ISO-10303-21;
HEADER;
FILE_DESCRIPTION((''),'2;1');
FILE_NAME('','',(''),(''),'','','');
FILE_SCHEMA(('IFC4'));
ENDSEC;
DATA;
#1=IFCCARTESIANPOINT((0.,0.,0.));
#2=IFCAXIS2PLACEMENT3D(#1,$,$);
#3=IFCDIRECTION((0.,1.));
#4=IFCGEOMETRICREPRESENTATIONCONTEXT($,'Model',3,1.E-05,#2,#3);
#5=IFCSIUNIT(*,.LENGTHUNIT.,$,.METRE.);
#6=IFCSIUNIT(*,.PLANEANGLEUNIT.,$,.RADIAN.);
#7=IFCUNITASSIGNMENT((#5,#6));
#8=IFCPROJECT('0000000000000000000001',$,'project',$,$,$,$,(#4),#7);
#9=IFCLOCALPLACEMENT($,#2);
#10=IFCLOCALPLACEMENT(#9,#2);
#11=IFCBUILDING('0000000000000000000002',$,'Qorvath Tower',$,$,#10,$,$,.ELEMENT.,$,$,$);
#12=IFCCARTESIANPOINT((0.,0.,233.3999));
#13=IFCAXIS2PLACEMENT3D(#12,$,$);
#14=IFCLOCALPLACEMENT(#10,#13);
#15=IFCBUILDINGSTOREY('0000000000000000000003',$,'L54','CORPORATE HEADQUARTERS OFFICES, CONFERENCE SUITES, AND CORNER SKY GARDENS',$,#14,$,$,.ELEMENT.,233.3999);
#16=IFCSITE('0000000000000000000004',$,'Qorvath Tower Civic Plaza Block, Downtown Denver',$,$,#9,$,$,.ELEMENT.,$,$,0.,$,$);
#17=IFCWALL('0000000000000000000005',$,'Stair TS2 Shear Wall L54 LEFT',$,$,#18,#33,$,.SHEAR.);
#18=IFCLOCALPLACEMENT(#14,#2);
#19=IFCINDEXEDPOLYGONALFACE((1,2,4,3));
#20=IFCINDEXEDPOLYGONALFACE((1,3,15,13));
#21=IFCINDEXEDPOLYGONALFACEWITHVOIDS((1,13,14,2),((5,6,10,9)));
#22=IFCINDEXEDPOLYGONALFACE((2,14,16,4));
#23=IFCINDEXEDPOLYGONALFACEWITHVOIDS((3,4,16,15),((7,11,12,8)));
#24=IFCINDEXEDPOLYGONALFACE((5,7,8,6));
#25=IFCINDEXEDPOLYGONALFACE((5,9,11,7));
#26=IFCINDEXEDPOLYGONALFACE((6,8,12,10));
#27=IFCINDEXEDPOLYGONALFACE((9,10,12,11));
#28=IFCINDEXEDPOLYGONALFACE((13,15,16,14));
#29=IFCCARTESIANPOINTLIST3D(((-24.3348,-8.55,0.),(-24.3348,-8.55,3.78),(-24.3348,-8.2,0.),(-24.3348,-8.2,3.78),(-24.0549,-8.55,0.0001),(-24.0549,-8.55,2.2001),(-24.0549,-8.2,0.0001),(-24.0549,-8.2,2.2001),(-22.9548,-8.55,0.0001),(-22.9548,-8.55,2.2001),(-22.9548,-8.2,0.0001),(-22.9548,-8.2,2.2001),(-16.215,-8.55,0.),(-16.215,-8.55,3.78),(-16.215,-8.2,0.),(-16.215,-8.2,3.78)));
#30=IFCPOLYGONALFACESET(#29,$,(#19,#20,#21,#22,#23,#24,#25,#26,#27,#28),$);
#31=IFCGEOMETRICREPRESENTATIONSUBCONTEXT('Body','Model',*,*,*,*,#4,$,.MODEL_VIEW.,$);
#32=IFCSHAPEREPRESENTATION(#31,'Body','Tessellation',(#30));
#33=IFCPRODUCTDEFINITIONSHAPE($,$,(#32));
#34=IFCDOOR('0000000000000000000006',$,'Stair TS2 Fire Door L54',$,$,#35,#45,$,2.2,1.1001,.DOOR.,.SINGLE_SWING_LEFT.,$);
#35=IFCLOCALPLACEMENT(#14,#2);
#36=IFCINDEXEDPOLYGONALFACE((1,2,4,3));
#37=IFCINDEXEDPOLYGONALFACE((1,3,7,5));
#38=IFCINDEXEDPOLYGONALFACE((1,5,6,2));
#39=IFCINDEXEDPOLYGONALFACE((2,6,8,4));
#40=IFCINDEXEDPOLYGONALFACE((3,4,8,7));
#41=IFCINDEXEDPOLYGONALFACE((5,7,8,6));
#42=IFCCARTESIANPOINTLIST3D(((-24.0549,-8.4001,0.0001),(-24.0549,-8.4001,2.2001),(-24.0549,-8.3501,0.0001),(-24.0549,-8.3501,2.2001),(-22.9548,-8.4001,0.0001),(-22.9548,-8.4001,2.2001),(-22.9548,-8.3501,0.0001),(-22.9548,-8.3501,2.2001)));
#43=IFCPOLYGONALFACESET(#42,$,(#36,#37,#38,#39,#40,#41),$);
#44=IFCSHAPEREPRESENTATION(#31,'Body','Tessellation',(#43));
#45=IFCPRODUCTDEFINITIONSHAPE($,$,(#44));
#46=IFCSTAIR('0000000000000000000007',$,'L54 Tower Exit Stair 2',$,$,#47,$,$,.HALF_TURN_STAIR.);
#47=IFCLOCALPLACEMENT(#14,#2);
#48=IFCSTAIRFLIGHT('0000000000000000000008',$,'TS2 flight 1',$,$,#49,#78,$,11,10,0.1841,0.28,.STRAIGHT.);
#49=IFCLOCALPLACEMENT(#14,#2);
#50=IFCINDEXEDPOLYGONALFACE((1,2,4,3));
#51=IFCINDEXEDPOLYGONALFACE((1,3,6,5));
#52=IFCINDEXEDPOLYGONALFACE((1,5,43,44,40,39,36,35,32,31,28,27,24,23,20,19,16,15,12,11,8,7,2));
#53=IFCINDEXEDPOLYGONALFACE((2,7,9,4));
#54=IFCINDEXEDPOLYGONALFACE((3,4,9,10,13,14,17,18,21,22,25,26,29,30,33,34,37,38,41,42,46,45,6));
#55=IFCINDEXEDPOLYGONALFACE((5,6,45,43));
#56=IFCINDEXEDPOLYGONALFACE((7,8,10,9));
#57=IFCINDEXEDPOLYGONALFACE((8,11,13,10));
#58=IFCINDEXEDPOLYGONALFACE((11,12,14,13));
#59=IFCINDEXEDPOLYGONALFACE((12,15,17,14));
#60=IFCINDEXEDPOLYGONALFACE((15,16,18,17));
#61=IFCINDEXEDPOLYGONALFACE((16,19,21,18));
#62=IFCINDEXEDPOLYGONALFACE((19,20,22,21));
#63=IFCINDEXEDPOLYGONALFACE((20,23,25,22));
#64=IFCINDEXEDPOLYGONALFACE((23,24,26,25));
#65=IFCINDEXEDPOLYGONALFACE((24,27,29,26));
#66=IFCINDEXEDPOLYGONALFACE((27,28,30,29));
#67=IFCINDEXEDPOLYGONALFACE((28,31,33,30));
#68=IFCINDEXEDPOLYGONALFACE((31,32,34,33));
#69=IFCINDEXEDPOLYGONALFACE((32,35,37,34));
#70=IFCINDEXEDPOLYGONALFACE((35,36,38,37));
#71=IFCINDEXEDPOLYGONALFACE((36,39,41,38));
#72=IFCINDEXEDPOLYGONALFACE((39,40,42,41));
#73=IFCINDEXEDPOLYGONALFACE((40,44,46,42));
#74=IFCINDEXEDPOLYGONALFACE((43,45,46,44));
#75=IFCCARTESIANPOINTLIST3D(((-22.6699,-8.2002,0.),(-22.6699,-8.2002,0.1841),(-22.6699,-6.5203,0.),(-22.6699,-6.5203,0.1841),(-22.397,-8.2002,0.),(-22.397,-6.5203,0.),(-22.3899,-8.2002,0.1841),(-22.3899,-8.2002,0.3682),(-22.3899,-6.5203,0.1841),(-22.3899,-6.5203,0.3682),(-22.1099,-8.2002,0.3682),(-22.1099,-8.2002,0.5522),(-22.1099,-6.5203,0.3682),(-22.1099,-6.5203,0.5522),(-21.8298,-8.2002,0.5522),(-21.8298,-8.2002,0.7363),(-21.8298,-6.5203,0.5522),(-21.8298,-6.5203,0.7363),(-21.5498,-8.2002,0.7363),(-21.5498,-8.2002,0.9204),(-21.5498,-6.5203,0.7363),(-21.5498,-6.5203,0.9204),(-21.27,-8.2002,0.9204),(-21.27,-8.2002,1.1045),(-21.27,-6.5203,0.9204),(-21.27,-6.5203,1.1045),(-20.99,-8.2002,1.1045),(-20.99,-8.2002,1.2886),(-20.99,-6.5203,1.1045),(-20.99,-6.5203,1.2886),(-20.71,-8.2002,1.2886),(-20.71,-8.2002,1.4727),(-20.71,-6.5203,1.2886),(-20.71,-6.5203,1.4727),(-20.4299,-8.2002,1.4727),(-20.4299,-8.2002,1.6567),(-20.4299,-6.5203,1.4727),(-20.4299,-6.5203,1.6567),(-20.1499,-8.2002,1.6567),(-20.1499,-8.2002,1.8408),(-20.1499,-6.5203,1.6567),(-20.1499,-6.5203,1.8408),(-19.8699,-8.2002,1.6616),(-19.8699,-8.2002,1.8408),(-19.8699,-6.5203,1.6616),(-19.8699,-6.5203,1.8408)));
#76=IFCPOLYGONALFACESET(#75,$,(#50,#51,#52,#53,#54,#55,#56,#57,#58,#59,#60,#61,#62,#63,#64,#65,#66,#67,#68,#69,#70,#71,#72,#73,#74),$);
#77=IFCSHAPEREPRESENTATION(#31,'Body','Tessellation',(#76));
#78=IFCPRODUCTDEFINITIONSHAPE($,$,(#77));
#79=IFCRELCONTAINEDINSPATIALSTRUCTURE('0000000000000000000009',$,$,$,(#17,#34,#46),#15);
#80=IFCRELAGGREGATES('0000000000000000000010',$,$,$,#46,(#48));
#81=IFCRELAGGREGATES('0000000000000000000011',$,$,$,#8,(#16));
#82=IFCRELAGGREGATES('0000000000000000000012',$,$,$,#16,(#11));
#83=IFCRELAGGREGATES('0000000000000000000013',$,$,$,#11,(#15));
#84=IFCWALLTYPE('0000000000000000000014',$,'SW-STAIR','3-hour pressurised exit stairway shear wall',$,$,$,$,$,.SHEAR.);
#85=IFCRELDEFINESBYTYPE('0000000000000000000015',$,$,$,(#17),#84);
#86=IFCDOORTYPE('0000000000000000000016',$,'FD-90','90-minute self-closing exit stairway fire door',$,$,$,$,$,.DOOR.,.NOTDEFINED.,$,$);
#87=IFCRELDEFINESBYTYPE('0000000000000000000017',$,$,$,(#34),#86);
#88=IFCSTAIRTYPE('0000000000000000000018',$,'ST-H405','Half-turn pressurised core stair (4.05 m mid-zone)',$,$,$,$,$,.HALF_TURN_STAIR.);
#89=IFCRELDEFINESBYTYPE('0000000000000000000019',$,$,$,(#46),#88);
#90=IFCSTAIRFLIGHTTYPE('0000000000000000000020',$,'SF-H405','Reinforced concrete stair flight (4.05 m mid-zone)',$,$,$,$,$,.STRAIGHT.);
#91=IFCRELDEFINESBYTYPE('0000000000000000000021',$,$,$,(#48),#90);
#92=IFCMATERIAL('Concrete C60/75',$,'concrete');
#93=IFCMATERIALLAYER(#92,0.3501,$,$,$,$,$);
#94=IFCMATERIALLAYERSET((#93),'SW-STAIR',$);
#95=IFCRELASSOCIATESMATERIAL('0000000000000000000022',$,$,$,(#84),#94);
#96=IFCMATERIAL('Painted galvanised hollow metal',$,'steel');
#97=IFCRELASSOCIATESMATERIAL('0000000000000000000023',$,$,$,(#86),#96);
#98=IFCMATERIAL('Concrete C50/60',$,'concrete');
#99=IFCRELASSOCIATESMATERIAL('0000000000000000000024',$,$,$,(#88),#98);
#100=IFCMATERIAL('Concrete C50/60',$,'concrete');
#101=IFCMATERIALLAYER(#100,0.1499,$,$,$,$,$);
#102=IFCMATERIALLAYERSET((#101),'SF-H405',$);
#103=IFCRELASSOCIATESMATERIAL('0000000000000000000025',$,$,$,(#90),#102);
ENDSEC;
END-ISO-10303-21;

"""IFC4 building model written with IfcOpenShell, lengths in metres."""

from ifc_helpers import new_model, si_unit, direction, frame, frame_2d, origin, place, context, subcontext, project, spatial, polyline, rectangle, outline, extrude, material, layer, layer_set, type_object, element, fill, aggregate, save


model = new_model("IFC4")

# Units and contexts
model_context = context("Model", 3, precision=1e-05, world=origin(), true_north=direction((0.0, 1.0)))
body_context = subcontext(model_context, "Body", "Model", "MODEL_VIEW")
ifc_project = project(units=[si_unit("LENGTHUNIT", "METRE"), si_unit("PLANEANGLEUNIT", "RADIAN")], contexts=[model_context])

# Site, building, storey
site_placement = place(None, origin())
site = spatial("IfcSite", under=ifc_project, at=site_placement, Name="Qorvath Tower Civic Plaza Block, Downtown Denver", CompositionType="ELEMENT", RefElevation=0.0)
building_placement = place(site_placement, origin())
building = spatial("IfcBuilding", under=site, at=building_placement, Name="Qorvath Tower", CompositionType="ELEMENT")
storey_placement = place(building_placement, frame((0.0, 0.0, 233.3999)))
storey = spatial("IfcBuildingStorey", under=building, at=storey_placement, Name="L54", Description="CORPORATE HEADQUARTERS OFFICES, CONFERENCE SUITES, AND CORNER SKY GARDENS", CompositionType="ELEMENT", Elevation=233.3999)

# Shared definitions
ifc_material_1 = material(Name="Concrete C60/75", Category="concrete")
ifc_layer_1 = layer(ifc_material_1, 0.3501)
ifc_layer_set_1 = layer_set([ifc_layer_1], Name="SW-STAIR")
wall_type_1 = type_object("IfcWallType", Name="SW-STAIR", Description="3-hour pressurised exit stairway shear wall", PredefinedType="SHEAR", material=ifc_layer_set_1)

# Wall, opening, door
wall_1_placement = place(storey_placement, frame((-24.335, -8.375, 0.0), z_axis=(0.0, 0.0, 1.0), x_axis=(1.0, 0.0, 0.0)))
wall_1 = element("IfcWall", 1, at=wall_1_placement, inside=storey, type_object=wall_type_1, Name="Stair TS2 Shear Wall L54 LEFT", PredefinedType="SHEAR", context=body_context, shape_type="SweptSolid", body=[
    extrude(rectangle(XDim=8.1199, YDim=0.3501, at=frame_2d((4.0601, 0.0))), origin(), (0.0, 0.0, 1.0), 3.78),
])
opening_1_placement = place(wall_1_placement, frame((0.28, 0.0, 0.0)))
opening_1 = element("IfcOpeningElement", 2, at=opening_1_placement, cuts=wall_1, PredefinedType="OPENING", context=body_context, shape_type="SweptSolid", body=[
    extrude(rectangle(XDim=1.1001, YDim=2.2, at=frame_2d((0.55, 1.1001))), frame((0.0, 0.1851, 0.0), z_axis=(0.0, -1.0, 0.0), x_axis=(1.0, 0.0, 0.0)), (0.0, 0.0, 1.0), 0.3701),
])
ifc_material_2 = material(Name="Painted galvanised hollow metal", Category="steel")
door_type_1 = type_object("IfcDoorType", Name="FD-90", Description="90-minute self-closing exit stairway fire door", OperationType="NOTDEFINED", PredefinedType="DOOR", material=ifc_material_2)
door_1_placement = place(opening_1_placement, origin())
door_1 = element("IfcDoor", 3, at=door_1_placement, inside=storey, type_object=door_type_1, Name="Stair TS2 Fire Door L54", OperationType="SINGLE_SWING_LEFT", OverallHeight=2.2, OverallWidth=1.1001, PredefinedType="DOOR", context=body_context, shape_type="SweptSolid", body=[
    extrude(rectangle(XDim=1.1001, YDim=2.2, at=frame_2d((0.55, 1.1001))), frame((0.0, 0.0249, 0.0), z_axis=(0.0, -1.0, 0.0), x_axis=(1.0, 0.0, 0.0)), (0.0, 0.0, 1.0), 0.05),
])
fill(opening_1, door_1)

# Stair, stair flight
ifc_material_3 = material(Name="Concrete C50/60", Category="concrete")
stair_type = type_object("IfcStairType", Name="ST-H405", Description="Half-turn pressurised core stair (4.05 m mid-zone)", PredefinedType="HALF_TURN_STAIR", material=ifc_material_3)
stair_placement = place(storey_placement, origin())
stair = element("IfcStair", 4, at=stair_placement, inside=storey, type_object=stair_type, Name="L54 Tower Exit Stair 2", PredefinedType="HALF_TURN_STAIR")
ifc_material_4 = material(Name="Concrete C50/60", Category="concrete")
ifc_layer_2 = layer(ifc_material_4, 0.1499)
ifc_layer_set_2 = layer_set([ifc_layer_2], Name="SF-H405")
stair_flight_type = type_object("IfcStairFlightType", Name="SF-H405", Description="Reinforced concrete stair flight (4.05 m mid-zone)", PredefinedType="STRAIGHT", material=ifc_layer_set_2)
stair_flight_placement = place(storey_placement, frame((-22.6699, -7.3601, 0.0), z_axis=(0.0, 0.0, 1.0), x_axis=(1.0, 0.0, 0.0)))
stair_flight = element("IfcStairFlight", 5, at=stair_flight_placement, type_object=stair_flight_type, Name="TS2 flight 1", NumberOfRisers=11, NumberOfTreads=10, PredefinedType="STRAIGHT", RiserHeight=0.1841, TreadLength=0.28, context=body_context, shape_type="SweptSolid", body=[
    extrude(outline(polyline([(0.0, 0.0), (0.0, 0.1841), (0.28, 0.1841), (0.28, 0.3682), (0.5601, 0.3682), (0.5601, 0.5522), (0.8401, 0.5522), (0.8401, 0.7363), (1.1201, 0.7363), (1.1201, 0.9204), (1.3999, 0.9204), (1.3999, 1.1045), (1.6799, 1.1045), (1.6799, 1.2886), (1.96, 1.2886), (1.96, 1.4727), (2.24, 1.4727), (2.24, 1.6567), (2.52, 1.6567), (2.52, 1.8408), (2.8, 1.8408), (2.8, 2.0249), (2.8, 1.6616), (0.2729, 0.0), (0.0, 0.0)])), frame((0.0, 0.8398, 0.0), z_axis=(0.0, -1.0, 0.0), x_axis=(1.0, 0.0, 0.0)), (0.0, 0.0, 1.0), 1.6799),
])
aggregate(stair, [stair_flight])

save(model, "model.ifc")
